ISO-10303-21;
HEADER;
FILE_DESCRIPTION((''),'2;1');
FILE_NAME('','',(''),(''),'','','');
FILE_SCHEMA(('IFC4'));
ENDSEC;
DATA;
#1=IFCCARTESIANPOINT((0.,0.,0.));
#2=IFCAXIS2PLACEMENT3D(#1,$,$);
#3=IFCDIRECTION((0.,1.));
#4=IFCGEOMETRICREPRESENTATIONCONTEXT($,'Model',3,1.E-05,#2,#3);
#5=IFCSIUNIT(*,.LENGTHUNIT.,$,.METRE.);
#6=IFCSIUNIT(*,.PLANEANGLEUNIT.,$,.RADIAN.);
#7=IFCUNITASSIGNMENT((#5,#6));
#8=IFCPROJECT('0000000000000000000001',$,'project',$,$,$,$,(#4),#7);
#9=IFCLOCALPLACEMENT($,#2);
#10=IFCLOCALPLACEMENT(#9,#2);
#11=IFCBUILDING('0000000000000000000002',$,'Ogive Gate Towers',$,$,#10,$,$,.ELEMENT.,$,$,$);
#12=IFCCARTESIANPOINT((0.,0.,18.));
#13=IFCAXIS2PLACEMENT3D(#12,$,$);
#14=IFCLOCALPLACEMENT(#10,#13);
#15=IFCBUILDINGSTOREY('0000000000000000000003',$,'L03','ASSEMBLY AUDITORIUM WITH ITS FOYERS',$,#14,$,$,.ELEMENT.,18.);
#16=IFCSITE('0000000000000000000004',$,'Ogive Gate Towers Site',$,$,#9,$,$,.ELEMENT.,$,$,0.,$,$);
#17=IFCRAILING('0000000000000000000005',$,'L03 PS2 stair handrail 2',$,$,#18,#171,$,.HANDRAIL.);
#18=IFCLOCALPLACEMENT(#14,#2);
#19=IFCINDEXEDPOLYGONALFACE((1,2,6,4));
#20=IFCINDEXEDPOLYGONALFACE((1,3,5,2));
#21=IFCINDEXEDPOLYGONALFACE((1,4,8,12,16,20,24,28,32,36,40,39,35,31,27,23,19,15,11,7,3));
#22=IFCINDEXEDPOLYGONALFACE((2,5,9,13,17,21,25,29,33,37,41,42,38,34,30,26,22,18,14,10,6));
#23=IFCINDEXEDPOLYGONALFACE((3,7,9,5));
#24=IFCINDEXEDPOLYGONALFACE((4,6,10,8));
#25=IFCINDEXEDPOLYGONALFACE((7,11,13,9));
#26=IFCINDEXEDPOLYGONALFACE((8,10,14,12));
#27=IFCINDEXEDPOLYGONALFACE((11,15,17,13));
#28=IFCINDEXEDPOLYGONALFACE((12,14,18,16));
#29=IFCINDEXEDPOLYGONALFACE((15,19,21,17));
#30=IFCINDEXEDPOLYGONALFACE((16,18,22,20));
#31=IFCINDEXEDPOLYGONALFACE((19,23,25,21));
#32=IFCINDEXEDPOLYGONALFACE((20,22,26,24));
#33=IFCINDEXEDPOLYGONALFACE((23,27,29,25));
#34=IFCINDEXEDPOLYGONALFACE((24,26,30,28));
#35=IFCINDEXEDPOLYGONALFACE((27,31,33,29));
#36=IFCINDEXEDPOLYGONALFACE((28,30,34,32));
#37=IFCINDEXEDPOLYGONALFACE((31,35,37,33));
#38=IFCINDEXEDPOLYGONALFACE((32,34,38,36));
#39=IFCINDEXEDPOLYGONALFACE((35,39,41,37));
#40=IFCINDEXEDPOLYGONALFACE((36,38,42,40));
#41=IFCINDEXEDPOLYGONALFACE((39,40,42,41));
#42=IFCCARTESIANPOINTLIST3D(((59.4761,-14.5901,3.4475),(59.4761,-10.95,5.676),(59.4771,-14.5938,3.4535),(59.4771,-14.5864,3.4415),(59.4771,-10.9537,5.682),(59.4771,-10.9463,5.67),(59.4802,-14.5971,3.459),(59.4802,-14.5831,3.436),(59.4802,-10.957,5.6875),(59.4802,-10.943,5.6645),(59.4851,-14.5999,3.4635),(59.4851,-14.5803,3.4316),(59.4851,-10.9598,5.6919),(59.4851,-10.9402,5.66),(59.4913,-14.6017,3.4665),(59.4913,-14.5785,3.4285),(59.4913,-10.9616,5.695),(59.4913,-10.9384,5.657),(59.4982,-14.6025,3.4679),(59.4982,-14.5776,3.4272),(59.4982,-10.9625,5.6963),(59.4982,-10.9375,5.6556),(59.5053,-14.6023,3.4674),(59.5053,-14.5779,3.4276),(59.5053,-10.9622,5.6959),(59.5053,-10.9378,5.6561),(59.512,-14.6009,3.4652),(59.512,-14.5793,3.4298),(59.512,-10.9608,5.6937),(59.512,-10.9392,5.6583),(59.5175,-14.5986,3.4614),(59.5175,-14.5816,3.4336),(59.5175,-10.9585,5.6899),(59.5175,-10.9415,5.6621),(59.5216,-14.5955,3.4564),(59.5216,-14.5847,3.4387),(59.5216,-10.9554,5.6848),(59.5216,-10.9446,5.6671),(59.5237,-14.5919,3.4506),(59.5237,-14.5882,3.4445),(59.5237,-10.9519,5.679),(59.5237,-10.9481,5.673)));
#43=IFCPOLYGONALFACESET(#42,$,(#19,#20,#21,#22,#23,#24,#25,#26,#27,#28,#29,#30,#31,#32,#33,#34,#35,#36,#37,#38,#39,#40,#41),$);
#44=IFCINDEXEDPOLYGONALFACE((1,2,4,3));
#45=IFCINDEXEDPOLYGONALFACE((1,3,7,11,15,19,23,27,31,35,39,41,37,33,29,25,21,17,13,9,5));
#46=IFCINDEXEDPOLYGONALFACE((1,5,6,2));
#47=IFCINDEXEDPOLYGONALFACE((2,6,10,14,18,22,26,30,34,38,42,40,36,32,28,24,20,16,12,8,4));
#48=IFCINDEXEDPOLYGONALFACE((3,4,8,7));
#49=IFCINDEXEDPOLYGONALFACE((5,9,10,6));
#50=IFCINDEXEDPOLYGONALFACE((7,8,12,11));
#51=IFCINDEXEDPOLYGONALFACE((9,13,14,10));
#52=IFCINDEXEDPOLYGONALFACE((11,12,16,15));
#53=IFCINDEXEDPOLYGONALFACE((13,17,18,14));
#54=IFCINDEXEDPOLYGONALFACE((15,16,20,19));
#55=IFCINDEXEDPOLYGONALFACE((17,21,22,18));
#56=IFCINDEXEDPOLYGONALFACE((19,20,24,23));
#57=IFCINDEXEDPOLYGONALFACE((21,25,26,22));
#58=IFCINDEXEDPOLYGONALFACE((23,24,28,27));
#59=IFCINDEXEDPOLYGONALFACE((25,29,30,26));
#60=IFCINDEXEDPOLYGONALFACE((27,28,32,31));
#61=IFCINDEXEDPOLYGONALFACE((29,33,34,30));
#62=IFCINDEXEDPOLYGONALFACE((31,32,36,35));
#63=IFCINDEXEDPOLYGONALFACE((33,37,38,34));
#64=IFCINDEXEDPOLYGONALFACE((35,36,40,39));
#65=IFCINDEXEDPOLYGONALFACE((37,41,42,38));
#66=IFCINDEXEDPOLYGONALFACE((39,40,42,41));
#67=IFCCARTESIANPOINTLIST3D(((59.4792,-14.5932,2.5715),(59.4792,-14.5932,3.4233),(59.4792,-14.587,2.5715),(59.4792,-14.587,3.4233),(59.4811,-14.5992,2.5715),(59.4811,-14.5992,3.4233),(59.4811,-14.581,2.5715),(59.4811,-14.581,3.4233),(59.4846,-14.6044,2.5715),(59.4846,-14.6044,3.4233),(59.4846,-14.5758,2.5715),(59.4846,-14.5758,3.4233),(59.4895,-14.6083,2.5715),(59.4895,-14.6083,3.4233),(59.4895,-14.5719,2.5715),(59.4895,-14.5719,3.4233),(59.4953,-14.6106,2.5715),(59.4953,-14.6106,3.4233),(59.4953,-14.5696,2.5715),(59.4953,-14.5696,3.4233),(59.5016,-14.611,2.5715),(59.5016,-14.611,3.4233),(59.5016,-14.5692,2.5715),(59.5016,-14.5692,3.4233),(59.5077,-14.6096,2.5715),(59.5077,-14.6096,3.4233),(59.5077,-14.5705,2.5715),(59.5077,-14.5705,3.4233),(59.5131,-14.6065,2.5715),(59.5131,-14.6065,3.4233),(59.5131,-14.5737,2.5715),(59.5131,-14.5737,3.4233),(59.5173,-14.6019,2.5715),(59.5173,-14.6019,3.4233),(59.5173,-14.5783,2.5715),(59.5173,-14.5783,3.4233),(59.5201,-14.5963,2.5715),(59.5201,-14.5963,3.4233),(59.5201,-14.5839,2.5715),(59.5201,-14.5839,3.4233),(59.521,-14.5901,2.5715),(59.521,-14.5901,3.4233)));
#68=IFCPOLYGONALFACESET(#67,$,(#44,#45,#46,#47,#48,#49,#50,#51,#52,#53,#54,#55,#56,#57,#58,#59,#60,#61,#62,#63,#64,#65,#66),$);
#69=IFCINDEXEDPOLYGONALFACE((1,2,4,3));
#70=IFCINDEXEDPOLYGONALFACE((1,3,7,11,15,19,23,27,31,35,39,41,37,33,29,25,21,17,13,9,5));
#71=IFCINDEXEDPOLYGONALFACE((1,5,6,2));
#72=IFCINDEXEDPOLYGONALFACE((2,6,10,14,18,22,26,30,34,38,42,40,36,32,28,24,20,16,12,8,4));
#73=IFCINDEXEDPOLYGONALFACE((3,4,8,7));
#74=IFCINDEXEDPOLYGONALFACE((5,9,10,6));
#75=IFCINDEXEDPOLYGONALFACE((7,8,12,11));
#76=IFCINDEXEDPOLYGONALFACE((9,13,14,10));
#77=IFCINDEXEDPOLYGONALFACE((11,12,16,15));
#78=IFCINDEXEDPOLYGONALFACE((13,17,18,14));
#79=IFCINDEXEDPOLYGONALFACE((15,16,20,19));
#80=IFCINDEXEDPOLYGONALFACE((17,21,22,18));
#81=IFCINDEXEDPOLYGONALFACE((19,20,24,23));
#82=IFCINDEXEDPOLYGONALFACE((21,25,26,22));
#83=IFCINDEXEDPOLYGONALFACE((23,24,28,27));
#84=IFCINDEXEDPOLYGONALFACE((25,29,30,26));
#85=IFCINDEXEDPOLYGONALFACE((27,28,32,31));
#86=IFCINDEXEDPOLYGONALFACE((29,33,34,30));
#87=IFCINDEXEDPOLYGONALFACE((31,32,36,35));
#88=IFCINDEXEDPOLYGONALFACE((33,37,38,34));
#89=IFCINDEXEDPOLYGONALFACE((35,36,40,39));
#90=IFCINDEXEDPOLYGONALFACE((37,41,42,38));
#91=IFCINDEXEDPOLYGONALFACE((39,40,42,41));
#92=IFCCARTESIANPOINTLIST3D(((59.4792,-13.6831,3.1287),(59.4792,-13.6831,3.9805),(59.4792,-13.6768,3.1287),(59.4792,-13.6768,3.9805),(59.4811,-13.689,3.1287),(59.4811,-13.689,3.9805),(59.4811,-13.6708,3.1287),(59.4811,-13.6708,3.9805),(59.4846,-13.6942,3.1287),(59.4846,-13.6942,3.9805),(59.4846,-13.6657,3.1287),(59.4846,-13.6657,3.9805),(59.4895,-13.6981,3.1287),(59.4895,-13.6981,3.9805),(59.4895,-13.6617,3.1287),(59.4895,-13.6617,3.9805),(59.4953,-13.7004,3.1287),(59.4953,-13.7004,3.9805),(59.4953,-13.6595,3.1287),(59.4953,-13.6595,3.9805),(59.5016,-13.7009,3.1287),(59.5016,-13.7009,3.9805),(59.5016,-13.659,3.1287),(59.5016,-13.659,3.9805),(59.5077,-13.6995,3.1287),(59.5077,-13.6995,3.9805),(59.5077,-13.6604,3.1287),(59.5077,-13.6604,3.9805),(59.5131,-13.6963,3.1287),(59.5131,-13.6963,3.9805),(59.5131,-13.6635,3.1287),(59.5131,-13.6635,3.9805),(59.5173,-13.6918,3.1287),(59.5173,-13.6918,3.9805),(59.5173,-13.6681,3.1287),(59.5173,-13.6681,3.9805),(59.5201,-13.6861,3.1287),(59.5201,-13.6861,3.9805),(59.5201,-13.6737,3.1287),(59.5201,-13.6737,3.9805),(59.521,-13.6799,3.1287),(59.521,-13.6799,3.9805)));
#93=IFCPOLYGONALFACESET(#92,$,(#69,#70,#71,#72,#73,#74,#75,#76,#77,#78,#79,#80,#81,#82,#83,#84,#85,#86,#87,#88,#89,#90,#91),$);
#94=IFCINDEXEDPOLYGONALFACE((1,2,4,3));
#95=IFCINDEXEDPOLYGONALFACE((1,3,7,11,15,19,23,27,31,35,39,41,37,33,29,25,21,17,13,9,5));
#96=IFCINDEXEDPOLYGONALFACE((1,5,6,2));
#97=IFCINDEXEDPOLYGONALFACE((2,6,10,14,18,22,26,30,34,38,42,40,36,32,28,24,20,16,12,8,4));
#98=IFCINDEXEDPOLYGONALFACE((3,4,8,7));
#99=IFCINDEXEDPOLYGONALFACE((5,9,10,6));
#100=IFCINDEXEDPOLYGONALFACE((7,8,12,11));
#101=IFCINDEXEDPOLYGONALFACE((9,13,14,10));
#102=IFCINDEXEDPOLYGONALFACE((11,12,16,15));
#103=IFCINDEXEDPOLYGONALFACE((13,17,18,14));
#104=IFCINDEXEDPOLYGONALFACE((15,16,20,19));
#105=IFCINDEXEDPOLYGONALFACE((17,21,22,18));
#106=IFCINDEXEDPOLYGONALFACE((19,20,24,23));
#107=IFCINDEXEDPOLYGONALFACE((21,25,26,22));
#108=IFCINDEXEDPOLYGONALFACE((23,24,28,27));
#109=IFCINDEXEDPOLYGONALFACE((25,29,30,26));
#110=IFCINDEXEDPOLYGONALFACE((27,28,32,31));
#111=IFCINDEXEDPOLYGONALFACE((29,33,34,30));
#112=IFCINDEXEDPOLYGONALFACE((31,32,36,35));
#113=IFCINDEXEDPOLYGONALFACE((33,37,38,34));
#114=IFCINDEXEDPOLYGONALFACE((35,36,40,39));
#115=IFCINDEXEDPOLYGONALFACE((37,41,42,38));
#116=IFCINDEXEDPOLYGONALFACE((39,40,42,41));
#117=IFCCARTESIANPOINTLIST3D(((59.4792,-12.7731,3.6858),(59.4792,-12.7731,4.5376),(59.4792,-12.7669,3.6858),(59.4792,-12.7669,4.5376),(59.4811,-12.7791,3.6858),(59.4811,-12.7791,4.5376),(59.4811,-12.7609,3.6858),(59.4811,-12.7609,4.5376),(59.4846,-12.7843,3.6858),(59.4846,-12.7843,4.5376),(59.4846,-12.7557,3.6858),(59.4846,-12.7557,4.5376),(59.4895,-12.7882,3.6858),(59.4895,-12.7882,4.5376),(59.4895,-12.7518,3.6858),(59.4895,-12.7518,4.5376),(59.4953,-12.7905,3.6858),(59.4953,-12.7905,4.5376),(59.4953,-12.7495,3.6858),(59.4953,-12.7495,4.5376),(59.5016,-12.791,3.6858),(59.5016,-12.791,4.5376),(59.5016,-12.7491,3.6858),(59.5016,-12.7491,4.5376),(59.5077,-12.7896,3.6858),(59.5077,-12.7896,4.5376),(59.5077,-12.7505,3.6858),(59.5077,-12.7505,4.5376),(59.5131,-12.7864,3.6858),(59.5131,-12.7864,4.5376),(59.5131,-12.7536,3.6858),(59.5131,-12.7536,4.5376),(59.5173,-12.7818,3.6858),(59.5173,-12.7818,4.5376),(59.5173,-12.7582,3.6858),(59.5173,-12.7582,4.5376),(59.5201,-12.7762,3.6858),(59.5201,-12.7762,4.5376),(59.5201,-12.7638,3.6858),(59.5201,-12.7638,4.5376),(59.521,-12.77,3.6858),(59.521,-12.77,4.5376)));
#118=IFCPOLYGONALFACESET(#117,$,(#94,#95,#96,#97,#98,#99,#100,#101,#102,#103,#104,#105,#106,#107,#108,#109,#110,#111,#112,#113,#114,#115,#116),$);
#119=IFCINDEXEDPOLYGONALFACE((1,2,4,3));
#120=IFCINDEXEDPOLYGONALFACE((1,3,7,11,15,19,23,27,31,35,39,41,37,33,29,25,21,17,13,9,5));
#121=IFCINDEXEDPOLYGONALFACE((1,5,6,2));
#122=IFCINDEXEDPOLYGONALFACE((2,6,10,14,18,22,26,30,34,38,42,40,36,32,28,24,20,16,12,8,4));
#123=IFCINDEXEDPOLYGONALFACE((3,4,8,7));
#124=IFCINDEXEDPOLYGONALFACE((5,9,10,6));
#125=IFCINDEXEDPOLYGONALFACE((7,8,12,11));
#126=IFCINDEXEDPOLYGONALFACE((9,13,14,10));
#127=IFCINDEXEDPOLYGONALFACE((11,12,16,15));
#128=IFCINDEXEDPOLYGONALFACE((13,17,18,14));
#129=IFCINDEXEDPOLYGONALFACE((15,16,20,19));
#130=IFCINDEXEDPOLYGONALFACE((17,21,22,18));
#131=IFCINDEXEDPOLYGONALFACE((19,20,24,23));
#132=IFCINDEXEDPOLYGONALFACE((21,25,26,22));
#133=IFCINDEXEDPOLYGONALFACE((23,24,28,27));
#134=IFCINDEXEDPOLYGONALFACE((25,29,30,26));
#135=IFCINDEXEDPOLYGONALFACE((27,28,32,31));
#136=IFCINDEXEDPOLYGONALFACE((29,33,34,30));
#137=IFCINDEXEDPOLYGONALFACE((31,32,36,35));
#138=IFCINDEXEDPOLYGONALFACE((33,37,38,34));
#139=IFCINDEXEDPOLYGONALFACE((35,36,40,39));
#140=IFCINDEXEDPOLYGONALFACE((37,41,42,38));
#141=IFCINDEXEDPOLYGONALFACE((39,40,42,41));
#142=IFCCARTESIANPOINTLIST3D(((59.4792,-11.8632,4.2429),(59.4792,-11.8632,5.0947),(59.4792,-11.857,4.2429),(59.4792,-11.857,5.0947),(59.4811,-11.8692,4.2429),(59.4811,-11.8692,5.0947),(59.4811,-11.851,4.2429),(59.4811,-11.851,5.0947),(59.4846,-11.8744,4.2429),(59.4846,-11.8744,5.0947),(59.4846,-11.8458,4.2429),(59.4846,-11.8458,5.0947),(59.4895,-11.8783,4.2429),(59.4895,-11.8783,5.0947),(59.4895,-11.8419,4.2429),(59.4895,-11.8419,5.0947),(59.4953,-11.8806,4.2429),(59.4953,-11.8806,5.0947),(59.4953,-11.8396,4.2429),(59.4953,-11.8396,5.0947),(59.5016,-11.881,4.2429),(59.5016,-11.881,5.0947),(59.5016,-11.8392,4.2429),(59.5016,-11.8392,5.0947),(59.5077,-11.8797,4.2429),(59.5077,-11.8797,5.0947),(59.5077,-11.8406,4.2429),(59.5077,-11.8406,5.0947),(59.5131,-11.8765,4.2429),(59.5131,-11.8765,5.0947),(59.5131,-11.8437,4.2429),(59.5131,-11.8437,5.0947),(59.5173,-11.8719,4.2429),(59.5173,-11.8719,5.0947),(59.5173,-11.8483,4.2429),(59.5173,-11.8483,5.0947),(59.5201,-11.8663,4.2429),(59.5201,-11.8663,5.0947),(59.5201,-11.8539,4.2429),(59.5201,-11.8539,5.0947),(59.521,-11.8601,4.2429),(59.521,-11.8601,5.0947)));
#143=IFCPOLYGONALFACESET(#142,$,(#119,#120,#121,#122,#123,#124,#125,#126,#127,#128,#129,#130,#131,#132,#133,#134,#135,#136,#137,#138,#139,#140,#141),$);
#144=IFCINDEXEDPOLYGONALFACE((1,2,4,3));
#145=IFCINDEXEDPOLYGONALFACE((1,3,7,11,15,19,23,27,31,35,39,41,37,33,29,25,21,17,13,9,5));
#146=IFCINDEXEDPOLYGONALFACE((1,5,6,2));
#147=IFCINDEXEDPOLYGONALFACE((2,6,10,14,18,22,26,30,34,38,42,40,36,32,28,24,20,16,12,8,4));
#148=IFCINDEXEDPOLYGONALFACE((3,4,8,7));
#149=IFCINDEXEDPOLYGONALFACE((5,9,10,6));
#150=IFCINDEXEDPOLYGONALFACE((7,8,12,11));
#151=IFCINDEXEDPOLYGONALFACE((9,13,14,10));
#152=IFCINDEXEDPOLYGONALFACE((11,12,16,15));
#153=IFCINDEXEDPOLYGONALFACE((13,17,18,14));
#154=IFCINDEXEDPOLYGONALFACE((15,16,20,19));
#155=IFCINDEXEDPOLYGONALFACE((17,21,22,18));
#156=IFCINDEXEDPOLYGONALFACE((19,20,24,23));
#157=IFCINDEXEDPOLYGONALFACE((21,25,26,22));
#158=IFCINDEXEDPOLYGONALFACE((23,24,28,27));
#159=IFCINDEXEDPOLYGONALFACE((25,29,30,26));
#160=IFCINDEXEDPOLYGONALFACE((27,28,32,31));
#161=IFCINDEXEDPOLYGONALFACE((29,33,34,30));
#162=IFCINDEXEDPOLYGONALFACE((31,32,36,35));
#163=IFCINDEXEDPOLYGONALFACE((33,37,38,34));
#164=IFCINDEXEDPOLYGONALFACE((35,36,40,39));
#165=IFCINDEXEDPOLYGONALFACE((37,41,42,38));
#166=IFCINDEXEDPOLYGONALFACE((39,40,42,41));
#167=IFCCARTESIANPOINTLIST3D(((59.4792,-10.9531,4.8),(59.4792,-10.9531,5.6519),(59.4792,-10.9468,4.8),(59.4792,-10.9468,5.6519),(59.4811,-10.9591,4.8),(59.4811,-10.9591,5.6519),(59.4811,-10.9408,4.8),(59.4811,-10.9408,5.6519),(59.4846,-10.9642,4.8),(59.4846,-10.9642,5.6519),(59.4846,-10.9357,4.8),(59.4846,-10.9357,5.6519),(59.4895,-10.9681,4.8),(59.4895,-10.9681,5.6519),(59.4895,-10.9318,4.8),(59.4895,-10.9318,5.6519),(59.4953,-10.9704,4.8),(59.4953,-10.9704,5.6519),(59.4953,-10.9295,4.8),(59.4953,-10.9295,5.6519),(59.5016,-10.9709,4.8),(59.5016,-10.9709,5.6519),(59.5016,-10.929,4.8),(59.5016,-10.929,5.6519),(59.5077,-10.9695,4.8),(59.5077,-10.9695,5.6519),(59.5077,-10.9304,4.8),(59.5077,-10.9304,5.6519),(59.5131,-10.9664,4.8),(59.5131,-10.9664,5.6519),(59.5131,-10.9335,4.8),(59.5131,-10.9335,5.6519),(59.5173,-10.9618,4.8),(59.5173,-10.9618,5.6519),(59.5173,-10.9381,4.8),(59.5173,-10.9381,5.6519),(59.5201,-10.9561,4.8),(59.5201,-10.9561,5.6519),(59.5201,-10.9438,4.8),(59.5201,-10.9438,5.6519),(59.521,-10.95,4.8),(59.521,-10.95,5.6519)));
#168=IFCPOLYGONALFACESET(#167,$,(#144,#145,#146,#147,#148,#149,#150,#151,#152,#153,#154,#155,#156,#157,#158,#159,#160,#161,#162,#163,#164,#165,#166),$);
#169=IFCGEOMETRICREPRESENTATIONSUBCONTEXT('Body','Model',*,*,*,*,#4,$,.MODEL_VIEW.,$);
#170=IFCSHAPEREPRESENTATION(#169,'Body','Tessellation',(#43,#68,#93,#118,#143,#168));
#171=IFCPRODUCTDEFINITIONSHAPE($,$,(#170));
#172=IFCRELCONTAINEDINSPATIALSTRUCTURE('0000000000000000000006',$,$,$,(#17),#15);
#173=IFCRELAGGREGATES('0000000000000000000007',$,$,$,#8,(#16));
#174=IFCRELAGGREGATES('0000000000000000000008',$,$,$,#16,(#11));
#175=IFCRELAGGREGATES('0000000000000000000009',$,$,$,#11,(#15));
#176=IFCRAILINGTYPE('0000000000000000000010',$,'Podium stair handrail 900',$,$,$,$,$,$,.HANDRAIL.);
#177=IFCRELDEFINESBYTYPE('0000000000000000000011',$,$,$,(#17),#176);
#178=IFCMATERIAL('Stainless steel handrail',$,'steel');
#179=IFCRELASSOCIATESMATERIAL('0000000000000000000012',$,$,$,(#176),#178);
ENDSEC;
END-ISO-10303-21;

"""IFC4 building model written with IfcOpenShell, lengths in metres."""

from ifc_helpers import new_model, si_unit, direction, frame, origin, origin_2d, place, context, subcontext, project, spatial, circle, extrude, material, type_object, element, save


model = new_model("IFC4")

# Units and contexts
model_context = context("Model", 3, precision=1e-05, world=origin(), true_north=direction((0.0, 1.0)))
body_context = subcontext(model_context, "Body", "Model", "MODEL_VIEW")
ifc_project = project(units=[si_unit("LENGTHUNIT", "METRE"), si_unit("PLANEANGLEUNIT", "RADIAN")], contexts=[model_context])

# Site, building, storey
site_placement = place(None, origin())
site = spatial("IfcSite", under=ifc_project, at=site_placement, Name="Ogive Gate Towers Site", CompositionType="ELEMENT", RefElevation=0.0)
building_placement = place(site_placement, origin())
building = spatial("IfcBuilding", under=site, at=building_placement, Name="Ogive Gate Towers", CompositionType="ELEMENT")
storey_placement = place(building_placement, frame((0.0, 0.0, 18.0)))
storey = spatial("IfcBuildingStorey", under=building, at=storey_placement, Name="L03", Description="ASSEMBLY AUDITORIUM WITH ITS FOYERS", CompositionType="ELEMENT", Elevation=18.0)

# Railing
ifc_material_1 = material(Name="Stainless steel handrail", Category="steel")
railing_type_1 = type_object("IfcRailingType", Name="Podium stair handrail 900", PredefinedType="HANDRAIL", material=ifc_material_1)
railing_1_placement = place(storey_placement, frame((59.5, -14.5901, 2.5715)))
element("IfcRailing", 1, at=railing_1_placement, inside=storey, type_object=railing_type_1, Name="L03 PS2 stair handrail 2", PredefinedType="HANDRAIL", context=body_context, shape_type="SweptSolid", body=[
    extrude(circle(Radius=0.0239, at=origin_2d()), frame((0.0, 0.0, 0.876), z_axis=(0.0, 0.852866, 0.52213), x_axis=(-1.0, 0.0, 0.0)), (0.0, 0.0, 1.0), 4.2681),
    extrude(circle(Radius=0.021, at=origin_2d()), origin(), (0.0, 0.0, 1.0), 0.8518),
    extrude(circle(Radius=0.021, at=origin_2d()), frame((0.0, 0.9102, 0.5571)), (0.0, 0.0, 1.0), 0.8518),
    extrude(circle(Radius=0.021, at=origin_2d()), frame((0.0, 1.8201, 1.1143)), (0.0, 0.0, 1.0), 0.8518),
    extrude(circle(Radius=0.021, at=origin_2d()), frame((0.0, 2.73, 1.6714)), (0.0, 0.0, 1.0), 0.8518),
    extrude(circle(Radius=0.021, at=origin_2d()), frame((0.0, 3.6401, 2.2285)), (0.0, 0.0, 1.0), 0.8518),
])

save(model, "model.ifc")
